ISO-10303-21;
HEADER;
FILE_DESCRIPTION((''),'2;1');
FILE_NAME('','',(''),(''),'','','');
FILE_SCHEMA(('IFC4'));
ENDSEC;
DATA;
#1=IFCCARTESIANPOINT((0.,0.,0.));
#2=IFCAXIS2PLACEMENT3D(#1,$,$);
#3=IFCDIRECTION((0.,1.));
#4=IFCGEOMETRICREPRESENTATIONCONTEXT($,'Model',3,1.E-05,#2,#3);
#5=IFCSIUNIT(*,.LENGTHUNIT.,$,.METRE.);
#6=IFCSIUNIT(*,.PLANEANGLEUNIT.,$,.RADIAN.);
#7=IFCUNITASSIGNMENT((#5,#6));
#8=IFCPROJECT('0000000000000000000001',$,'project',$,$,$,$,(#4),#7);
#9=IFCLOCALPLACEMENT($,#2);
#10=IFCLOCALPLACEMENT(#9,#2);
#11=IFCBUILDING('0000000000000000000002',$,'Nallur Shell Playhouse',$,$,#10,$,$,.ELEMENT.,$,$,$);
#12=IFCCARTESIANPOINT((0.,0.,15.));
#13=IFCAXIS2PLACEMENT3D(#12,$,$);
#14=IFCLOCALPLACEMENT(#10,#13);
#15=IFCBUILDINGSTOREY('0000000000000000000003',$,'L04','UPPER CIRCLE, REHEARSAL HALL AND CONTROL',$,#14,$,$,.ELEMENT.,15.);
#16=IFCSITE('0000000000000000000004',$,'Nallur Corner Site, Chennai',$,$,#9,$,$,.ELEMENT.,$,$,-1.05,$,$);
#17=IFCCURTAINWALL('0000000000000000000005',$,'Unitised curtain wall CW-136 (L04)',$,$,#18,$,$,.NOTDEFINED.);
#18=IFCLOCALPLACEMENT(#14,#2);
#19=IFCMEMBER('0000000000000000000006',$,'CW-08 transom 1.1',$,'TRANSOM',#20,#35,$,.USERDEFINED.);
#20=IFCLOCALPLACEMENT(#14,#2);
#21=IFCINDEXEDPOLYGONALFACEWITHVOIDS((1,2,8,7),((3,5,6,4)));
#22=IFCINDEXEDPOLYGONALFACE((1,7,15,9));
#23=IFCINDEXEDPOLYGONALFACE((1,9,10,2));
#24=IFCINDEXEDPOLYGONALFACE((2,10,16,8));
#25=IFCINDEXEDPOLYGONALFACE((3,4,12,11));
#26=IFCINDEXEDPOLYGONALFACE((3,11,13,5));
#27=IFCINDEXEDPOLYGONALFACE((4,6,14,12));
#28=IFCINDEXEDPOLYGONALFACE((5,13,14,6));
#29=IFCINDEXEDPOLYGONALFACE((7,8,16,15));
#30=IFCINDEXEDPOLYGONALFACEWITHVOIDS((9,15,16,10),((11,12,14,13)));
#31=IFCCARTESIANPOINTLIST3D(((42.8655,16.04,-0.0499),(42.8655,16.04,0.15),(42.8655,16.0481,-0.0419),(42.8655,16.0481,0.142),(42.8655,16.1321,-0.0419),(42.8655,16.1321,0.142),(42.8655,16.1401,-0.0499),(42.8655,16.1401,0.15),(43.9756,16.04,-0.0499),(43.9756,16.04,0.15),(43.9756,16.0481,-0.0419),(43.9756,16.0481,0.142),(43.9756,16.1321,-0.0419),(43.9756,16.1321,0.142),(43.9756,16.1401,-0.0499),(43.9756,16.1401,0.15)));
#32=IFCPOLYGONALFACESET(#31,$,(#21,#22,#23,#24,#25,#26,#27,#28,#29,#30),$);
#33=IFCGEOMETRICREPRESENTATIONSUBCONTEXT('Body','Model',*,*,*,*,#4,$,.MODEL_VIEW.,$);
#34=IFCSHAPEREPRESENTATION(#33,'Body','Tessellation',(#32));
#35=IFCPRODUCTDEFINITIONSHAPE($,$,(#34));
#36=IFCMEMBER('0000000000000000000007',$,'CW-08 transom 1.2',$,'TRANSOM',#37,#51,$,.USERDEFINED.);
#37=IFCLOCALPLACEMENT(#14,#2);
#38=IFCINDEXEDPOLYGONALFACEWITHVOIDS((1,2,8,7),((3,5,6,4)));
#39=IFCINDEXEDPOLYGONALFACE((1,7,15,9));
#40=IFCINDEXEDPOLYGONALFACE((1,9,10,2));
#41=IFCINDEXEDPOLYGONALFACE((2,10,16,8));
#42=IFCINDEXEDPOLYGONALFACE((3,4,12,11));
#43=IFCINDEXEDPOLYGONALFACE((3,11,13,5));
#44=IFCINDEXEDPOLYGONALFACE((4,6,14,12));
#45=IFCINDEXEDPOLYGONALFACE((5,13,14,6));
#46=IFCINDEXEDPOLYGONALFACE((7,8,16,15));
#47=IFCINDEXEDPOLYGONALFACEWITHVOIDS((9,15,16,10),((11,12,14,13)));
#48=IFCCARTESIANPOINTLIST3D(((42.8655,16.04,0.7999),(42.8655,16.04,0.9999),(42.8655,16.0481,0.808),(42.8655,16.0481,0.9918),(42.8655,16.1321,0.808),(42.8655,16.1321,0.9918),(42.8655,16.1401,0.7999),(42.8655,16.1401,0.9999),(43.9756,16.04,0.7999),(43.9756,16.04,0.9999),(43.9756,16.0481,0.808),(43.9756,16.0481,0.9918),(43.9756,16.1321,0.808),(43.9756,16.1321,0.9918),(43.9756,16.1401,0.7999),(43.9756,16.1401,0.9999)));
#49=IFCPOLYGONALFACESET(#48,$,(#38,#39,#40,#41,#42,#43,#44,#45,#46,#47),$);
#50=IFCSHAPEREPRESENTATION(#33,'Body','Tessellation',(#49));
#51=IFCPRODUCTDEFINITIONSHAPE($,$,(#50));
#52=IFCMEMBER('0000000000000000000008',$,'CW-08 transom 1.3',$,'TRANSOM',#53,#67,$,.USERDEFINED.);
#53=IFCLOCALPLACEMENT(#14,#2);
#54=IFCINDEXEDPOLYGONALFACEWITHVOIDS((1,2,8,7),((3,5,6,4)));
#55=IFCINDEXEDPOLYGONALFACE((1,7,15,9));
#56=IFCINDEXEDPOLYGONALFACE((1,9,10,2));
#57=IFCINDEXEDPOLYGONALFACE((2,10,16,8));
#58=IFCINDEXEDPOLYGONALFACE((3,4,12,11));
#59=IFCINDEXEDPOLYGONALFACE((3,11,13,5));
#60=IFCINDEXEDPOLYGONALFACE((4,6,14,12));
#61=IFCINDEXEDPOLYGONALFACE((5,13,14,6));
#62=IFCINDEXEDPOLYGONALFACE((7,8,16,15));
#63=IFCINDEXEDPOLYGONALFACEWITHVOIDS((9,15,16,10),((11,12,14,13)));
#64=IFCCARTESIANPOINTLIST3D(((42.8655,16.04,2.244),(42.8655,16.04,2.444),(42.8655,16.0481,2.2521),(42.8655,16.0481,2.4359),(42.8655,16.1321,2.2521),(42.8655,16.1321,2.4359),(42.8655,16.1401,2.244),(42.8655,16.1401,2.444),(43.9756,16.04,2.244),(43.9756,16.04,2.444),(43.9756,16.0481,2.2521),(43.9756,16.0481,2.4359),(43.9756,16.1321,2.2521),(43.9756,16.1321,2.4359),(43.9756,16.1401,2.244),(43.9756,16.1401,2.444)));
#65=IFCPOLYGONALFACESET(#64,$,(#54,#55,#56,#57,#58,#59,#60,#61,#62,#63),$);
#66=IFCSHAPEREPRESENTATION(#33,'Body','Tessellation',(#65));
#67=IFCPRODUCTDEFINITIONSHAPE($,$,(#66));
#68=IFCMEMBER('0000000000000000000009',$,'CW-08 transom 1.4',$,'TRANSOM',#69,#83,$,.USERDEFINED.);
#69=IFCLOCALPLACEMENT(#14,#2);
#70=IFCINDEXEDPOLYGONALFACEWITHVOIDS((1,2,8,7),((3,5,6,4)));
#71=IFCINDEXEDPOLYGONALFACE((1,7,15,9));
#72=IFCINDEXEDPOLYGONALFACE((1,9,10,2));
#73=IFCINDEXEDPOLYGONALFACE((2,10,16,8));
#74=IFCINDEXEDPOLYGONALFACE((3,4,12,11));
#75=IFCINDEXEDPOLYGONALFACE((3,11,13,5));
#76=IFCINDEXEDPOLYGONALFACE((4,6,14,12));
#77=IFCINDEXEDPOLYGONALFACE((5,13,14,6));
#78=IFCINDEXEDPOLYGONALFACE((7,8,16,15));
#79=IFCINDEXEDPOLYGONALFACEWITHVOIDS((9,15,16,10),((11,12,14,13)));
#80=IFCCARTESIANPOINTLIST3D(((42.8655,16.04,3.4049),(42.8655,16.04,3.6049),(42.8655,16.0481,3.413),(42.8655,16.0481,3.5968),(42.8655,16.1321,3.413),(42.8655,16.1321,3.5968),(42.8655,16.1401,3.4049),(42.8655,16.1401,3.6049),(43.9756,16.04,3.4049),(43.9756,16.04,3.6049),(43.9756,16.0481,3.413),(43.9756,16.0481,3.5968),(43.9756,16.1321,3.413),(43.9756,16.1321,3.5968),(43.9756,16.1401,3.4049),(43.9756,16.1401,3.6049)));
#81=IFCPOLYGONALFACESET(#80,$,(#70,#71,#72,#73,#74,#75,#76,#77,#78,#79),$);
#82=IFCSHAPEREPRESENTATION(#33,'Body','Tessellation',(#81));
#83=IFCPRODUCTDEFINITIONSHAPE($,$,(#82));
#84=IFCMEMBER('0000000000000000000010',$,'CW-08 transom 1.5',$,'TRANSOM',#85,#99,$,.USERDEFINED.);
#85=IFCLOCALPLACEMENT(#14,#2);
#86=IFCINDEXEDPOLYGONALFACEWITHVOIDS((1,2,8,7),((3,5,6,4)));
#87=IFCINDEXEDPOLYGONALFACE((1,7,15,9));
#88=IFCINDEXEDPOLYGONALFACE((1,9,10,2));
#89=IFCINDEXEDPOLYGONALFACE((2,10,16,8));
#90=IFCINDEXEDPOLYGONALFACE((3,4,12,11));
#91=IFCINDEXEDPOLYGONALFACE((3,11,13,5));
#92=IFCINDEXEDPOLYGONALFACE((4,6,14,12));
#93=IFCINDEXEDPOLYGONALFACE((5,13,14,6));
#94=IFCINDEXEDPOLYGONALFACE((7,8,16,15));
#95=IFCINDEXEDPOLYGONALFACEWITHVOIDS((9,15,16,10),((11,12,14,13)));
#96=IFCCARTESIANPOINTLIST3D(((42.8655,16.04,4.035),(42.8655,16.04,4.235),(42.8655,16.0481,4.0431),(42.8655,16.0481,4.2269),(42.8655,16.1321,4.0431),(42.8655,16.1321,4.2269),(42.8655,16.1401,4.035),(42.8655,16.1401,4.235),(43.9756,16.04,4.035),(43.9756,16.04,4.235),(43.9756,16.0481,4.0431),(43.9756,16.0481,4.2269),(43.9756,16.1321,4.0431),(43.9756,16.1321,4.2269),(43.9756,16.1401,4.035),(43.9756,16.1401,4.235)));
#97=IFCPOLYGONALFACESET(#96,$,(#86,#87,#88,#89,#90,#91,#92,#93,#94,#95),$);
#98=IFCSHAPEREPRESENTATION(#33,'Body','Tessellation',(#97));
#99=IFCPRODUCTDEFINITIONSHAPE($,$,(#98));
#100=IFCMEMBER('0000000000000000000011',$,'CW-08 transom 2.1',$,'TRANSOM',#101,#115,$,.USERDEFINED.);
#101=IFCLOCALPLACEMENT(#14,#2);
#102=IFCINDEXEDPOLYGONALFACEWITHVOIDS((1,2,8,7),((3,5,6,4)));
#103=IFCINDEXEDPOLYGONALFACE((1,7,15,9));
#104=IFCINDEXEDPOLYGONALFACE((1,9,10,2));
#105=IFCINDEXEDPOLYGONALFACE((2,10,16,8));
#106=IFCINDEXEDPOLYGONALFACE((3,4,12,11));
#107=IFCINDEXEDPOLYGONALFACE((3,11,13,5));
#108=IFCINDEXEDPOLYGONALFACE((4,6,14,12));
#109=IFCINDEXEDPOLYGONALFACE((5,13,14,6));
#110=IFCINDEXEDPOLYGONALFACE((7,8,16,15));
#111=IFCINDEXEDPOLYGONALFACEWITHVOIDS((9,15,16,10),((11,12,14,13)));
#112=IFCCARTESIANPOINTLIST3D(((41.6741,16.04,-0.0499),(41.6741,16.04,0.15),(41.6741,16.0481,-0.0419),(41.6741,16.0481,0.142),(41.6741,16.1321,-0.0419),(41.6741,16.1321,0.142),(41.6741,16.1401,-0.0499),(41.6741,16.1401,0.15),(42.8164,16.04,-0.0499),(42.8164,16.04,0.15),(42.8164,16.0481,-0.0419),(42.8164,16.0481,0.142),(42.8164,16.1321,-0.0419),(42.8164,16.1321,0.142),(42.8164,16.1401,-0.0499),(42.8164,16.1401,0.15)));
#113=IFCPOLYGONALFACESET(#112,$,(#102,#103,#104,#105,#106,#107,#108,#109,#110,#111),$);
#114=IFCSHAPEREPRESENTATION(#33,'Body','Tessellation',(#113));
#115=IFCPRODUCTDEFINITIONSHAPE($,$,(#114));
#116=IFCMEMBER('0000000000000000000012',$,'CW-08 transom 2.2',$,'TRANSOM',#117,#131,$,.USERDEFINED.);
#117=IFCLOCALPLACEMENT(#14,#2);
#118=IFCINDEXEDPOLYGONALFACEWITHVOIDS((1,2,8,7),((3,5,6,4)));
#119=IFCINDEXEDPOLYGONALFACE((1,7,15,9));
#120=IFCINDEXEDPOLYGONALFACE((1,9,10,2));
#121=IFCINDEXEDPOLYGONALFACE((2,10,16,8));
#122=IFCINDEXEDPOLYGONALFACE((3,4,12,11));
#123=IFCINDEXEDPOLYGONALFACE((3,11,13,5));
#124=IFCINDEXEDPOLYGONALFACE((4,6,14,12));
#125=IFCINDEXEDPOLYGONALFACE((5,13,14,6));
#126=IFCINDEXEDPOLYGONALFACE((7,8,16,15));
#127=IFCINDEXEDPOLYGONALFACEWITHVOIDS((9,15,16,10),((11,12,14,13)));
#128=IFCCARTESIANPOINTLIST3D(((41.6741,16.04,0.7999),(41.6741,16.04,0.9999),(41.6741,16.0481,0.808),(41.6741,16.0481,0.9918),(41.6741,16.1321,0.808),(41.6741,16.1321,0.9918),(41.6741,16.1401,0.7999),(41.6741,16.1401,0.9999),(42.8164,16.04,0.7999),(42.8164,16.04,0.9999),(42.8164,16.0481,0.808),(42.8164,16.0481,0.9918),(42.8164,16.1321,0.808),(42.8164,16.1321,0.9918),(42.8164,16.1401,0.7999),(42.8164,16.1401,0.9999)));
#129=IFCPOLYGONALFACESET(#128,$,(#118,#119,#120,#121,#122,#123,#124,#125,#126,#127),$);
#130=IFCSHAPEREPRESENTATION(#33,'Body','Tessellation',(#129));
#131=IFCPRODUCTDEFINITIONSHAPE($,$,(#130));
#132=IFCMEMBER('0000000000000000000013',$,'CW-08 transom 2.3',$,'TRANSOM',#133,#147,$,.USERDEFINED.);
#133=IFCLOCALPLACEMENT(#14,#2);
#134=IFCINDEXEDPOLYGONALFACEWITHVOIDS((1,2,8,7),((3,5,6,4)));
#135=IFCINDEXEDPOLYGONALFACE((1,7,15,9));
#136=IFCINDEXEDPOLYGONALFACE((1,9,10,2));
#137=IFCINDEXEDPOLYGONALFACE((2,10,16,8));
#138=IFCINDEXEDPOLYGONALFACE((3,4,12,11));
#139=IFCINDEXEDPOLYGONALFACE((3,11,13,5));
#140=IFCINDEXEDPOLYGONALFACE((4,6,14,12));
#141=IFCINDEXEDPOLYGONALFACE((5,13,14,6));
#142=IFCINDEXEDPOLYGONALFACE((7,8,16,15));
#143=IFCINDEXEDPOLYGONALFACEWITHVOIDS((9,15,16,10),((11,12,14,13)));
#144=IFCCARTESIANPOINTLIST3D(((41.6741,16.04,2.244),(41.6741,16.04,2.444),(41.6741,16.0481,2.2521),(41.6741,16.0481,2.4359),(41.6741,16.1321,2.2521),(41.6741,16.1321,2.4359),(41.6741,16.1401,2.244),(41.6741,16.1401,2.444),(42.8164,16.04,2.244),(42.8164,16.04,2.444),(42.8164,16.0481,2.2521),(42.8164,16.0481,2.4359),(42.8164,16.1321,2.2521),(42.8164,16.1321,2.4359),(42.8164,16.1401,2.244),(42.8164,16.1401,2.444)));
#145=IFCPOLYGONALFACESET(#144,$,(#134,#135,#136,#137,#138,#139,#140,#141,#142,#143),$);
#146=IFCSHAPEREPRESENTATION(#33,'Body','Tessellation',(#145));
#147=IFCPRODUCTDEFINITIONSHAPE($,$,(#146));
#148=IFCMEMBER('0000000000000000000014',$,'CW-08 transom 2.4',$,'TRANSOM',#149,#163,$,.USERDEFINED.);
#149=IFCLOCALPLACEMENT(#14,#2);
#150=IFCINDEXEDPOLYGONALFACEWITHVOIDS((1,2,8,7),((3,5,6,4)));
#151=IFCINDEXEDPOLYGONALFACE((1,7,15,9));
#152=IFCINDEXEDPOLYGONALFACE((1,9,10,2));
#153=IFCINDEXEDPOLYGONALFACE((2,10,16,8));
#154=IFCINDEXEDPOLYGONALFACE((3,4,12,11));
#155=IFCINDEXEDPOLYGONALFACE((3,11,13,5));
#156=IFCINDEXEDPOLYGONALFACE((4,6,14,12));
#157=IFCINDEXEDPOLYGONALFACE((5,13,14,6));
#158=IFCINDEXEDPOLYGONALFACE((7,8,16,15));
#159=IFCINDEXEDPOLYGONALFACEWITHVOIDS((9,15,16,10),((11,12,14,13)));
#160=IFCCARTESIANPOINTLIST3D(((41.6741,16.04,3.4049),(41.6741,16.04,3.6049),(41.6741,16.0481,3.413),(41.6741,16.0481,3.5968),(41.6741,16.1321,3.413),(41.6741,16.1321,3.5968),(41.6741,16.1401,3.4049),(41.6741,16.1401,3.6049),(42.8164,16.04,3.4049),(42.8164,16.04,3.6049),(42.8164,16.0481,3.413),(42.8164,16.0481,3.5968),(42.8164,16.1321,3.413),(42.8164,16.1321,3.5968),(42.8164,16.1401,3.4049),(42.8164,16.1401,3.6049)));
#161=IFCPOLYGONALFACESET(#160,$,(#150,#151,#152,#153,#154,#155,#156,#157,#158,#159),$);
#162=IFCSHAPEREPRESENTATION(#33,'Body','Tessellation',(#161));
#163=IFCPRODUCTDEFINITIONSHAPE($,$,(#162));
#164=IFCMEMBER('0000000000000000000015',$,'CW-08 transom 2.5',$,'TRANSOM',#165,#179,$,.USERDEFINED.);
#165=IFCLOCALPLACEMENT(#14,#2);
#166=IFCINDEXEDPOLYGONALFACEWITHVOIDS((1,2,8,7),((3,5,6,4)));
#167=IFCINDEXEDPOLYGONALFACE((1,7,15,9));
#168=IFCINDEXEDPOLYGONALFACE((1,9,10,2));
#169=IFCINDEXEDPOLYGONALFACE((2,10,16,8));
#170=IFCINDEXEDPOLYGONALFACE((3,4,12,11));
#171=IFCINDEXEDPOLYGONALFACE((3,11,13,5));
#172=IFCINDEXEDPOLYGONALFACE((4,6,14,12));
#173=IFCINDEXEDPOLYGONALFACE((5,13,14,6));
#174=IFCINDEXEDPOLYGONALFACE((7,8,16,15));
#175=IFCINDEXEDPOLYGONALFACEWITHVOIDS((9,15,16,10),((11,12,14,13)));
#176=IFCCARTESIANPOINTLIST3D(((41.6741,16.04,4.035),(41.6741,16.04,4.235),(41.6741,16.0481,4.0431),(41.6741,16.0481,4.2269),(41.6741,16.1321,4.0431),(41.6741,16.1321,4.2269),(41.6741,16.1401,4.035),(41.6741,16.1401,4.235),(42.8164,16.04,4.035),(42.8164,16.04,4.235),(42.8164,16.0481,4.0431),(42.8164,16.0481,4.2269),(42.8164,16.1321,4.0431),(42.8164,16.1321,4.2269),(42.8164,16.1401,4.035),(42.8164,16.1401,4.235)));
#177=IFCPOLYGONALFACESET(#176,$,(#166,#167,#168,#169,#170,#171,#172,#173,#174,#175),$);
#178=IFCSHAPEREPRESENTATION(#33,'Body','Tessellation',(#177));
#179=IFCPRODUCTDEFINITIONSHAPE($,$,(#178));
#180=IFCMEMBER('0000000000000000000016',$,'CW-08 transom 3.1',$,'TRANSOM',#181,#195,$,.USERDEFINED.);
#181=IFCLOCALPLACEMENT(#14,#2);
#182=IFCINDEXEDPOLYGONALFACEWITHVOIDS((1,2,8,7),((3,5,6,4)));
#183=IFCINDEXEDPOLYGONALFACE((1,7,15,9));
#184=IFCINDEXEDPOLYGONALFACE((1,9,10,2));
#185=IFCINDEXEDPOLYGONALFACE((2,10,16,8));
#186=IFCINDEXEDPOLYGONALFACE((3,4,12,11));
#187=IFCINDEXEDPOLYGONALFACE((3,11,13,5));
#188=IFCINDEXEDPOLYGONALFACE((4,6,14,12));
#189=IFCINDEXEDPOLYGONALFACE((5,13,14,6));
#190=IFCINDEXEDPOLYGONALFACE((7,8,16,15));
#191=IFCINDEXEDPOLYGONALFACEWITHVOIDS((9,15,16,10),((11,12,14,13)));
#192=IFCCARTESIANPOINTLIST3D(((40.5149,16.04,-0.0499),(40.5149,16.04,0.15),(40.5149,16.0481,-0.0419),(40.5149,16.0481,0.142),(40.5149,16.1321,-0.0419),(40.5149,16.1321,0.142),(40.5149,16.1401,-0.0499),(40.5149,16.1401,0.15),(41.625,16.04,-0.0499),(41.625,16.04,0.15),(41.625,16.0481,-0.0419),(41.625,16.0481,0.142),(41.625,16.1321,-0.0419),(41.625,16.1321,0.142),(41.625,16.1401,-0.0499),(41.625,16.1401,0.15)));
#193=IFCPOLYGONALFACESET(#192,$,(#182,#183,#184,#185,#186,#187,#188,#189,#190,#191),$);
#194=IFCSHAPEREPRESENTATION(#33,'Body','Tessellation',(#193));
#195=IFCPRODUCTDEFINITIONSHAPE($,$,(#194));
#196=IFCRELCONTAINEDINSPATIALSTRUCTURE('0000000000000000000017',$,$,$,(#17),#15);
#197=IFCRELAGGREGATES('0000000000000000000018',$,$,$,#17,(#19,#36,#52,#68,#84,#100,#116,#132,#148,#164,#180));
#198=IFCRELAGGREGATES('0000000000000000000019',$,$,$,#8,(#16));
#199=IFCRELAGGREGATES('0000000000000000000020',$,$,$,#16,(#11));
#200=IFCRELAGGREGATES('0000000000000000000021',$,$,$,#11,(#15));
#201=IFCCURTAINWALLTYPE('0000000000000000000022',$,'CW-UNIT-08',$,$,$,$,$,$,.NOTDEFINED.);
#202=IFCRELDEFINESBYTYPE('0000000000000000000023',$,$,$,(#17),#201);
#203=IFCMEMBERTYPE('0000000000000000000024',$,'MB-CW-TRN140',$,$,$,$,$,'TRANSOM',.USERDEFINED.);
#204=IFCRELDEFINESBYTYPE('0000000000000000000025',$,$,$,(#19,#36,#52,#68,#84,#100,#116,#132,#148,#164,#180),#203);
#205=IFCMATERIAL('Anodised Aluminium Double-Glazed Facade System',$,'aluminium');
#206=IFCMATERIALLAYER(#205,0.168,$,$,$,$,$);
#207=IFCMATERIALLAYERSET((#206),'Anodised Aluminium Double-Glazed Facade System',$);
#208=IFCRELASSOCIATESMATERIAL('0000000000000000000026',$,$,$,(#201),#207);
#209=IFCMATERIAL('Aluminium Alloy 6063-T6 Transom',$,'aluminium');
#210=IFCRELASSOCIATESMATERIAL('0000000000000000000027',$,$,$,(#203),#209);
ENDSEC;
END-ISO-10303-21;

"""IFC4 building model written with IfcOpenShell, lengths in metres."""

from ifc_helpers import new_model, si_unit, direction, frame, origin, origin_2d, place, context, subcontext, project, spatial, hollow_rectangle, extrude, material, layer, layer_set, material_profile, profile_set, type_object, element, aggregate, save


model = new_model("IFC4")

# Units and contexts
model_context = context("Model", 3, precision=1e-05, world=origin(), true_north=direction((0.0, 1.0)))
body_context = subcontext(model_context, "Body", "Model", "MODEL_VIEW")
ifc_project = project(units=[si_unit("LENGTHUNIT", "METRE"), si_unit("PLANEANGLEUNIT", "RADIAN")], contexts=[model_context])

# Site, building, storey
site_placement = place(None, origin())
site = spatial("IfcSite", under=ifc_project, at=site_placement, Name="Nallur Corner Site, Chennai", CompositionType="ELEMENT", RefElevation=-1.05)
building_placement = place(site_placement, origin())
building = spatial("IfcBuilding", under=site, at=building_placement, Name="Nallur Shell Playhouse", CompositionType="ELEMENT")
storey_placement = place(building_placement, frame((0.0, 0.0, 15.0)))
storey = spatial("IfcBuildingStorey", under=building, at=storey_placement, Name="L04", Description="UPPER CIRCLE, REHEARSAL HALL AND CONTROL", CompositionType="ELEMENT", Elevation=15.0)

# Curtain wall
ifc_material_1 = material(Name="Anodised Aluminium Double-Glazed Facade System", Category="aluminium")
ifc_layer_1 = layer(ifc_material_1, 0.168)
ifc_layer_set_1 = layer_set([ifc_layer_1], Name="Anodised Aluminium Double-Glazed Facade System")
curtain_wall_type_1 = type_object("IfcCurtainWallType", Name="CW-UNIT-08", PredefinedType="NOTDEFINED", material=ifc_layer_set_1)
curtain_wall_1_placement = place(storey_placement, origin())
curtain_wall_1 = element("IfcCurtainWall", 1, at=curtain_wall_1_placement, inside=storey, type_object=curtain_wall_type_1, Name="Unitised curtain wall CW-136 (L04)", PredefinedType="NOTDEFINED")
ifc_material_2 = material(Name="Aluminium Alloy 6063-T6 Transom", Category="aluminium")

# Members
ifc_material_profile_1 = material_profile(ifc_material_2, hollow_rectangle(XDim=0.1001, YDim=0.2, WallThickness=0.0081, at=origin_2d()), Name="RHS 200x100x8")
ifc_profile_set_1 = profile_set([ifc_material_profile_1], Name="Aluminium Alloy 6063-T6 Transom")
member_type_1 = type_object("IfcMemberType", Name="MB-CW-TRN140", ElementType="TRANSOM", PredefinedType="USERDEFINED", material=ifc_profile_set_1)
member_1_placement = place(storey_placement, frame((43.9756, 16.0901, 0.05), z_axis=(-1.0, 0.0, 0.0), x_axis=(0.0, -1.0, 0.0)))
member_1 = element("IfcMember", 2, at=member_1_placement, type_object=member_type_1, Name="CW-08 transom 1.1", ObjectType="TRANSOM", PredefinedType="USERDEFINED", context=body_context, shape_type="SweptSolid", body=[
    extrude(hollow_rectangle(XDim=0.1001, YDim=0.2, WallThickness=0.0081, at=origin_2d()), origin(), (0.0, 0.0, 1.0), 1.1101),
])
member_2_placement = place(storey_placement, frame((43.9756, 16.0901, 0.8999), z_axis=(-1.0, 0.0, 0.0), x_axis=(0.0, -1.0, 0.0)))
member_2 = element("IfcMember", 3, at=member_2_placement, type_object=member_type_1, Name="CW-08 transom 1.2", ObjectType="TRANSOM", PredefinedType="USERDEFINED", context=body_context, shape_type="SweptSolid", body=[
    extrude(hollow_rectangle(XDim=0.1001, YDim=0.2, WallThickness=0.0081, at=origin_2d()), origin(), (0.0, 0.0, 1.0), 1.1101),
])
member_3_placement = place(storey_placement, frame((43.9756, 16.0901, 2.344), z_axis=(-1.0, 0.0, 0.0), x_axis=(0.0, -1.0, 0.0)))
member_3 = element("IfcMember", 4, at=member_3_placement, type_object=member_type_1, Name="CW-08 transom 1.3", ObjectType="TRANSOM", PredefinedType="USERDEFINED", context=body_context, shape_type="SweptSolid", body=[
    extrude(hollow_rectangle(XDim=0.1001, YDim=0.2, WallThickness=0.0081, at=origin_2d()), origin(), (0.0, 0.0, 1.0), 1.1101),
])
member_4_placement = place(storey_placement, frame((43.9756, 16.0901, 3.5049), z_axis=(-1.0, 0.0, 0.0), x_axis=(0.0, -1.0, 0.0)))
member_4 = element("IfcMember", 5, at=member_4_placement, type_object=member_type_1, Name="CW-08 transom 1.4", ObjectType="TRANSOM", PredefinedType="USERDEFINED", context=body_context, shape_type="SweptSolid", body=[
    extrude(hollow_rectangle(XDim=0.1001, YDim=0.2, WallThickness=0.0081, at=origin_2d()), origin(), (0.0, 0.0, 1.0), 1.1101),
])
member_5_placement = place(storey_placement, frame((43.9756, 16.0901, 4.135), z_axis=(-1.0, 0.0, 0.0), x_axis=(0.0, -1.0, 0.0)))
member_5 = element("IfcMember", 6, at=member_5_placement, type_object=member_type_1, Name="CW-08 transom 1.5", ObjectType="TRANSOM", PredefinedType="USERDEFINED", context=body_context, shape_type="SweptSolid", body=[
    extrude(hollow_rectangle(XDim=0.1001, YDim=0.2, WallThickness=0.0081, at=origin_2d()), origin(), (0.0, 0.0, 1.0), 1.1101),
])
member_6_placement = place(storey_placement, frame((42.8164, 16.0901, 0.05), z_axis=(-1.0, 0.0, 0.0), x_axis=(0.0, -1.0, 0.0)))
member_6 = element("IfcMember", 7, at=member_6_placement, type_object=member_type_1, Name="CW-08 transom 2.1", ObjectType="TRANSOM", PredefinedType="USERDEFINED", context=body_context, shape_type="SweptSolid", body=[
    extrude(hollow_rectangle(XDim=0.1001, YDim=0.2, WallThickness=0.0081, at=origin_2d()), origin(), (0.0, 0.0, 1.0), 1.1423),
])
member_7_placement = place(storey_placement, frame((42.8164, 16.0901, 0.8999), z_axis=(-1.0, 0.0, 0.0), x_axis=(0.0, -1.0, 0.0)))
member_7 = element("IfcMember", 8, at=member_7_placement, type_object=member_type_1, Name="CW-08 transom 2.2", ObjectType="TRANSOM", PredefinedType="USERDEFINED", context=body_context, shape_type="SweptSolid", body=[
    extrude(hollow_rectangle(XDim=0.1001, YDim=0.2, WallThickness=0.0081, at=origin_2d()), origin(), (0.0, 0.0, 1.0), 1.1423),
])
member_8_placement = place(storey_placement, frame((42.8164, 16.0901, 2.344), z_axis=(-1.0, 0.0, 0.0), x_axis=(0.0, -1.0, 0.0)))
member_8 = element("IfcMember", 9, at=member_8_placement, type_object=member_type_1, Name="CW-08 transom 2.3", ObjectType="TRANSOM", PredefinedType="USERDEFINED", context=body_context, shape_type="SweptSolid", body=[
    extrude(hollow_rectangle(XDim=0.1001, YDim=0.2, WallThickness=0.0081, at=origin_2d()), origin(), (0.0, 0.0, 1.0), 1.1423),
])
member_9_placement = place(storey_placement, frame((42.8164, 16.0901, 3.5049), z_axis=(-1.0, 0.0, 0.0), x_axis=(0.0, -1.0, 0.0)))
member_9 = element("IfcMember", 10, at=member_9_placement, type_object=member_type_1, Name="CW-08 transom 2.4", ObjectType="TRANSOM", PredefinedType="USERDEFINED", context=body_context, shape_type="SweptSolid", body=[
    extrude(hollow_rectangle(XDim=0.1001, YDim=0.2, WallThickness=0.0081, at=origin_2d()), origin(), (0.0, 0.0, 1.0), 1.1423),
])
member_10_placement = place(storey_placement, frame((42.8164, 16.0901, 4.135), z_axis=(-1.0, 0.0, 0.0), x_axis=(0.0, -1.0, 0.0)))
member_10 = element("IfcMember", 11, at=member_10_placement, type_object=member_type_1, Name="CW-08 transom 2.5", ObjectType="TRANSOM", PredefinedType="USERDEFINED", context=body_context, shape_type="SweptSolid", body=[
    extrude(hollow_rectangle(XDim=0.1001, YDim=0.2, WallThickness=0.0081, at=origin_2d()), origin(), (0.0, 0.0, 1.0), 1.1423),
])
member_11_placement = place(storey_placement, frame((41.625, 16.0901, 0.05), z_axis=(-1.0, 0.0, 0.0), x_axis=(0.0, -1.0, 0.0)))
member_11 = element("IfcMember", 12, at=member_11_placement, type_object=member_type_1, Name="CW-08 transom 3.1", ObjectType="TRANSOM", PredefinedType="USERDEFINED", context=body_context, shape_type="SweptSolid", body=[
    extrude(hollow_rectangle(XDim=0.1001, YDim=0.2, WallThickness=0.0081, at=origin_2d()), origin(), (0.0, 0.0, 1.0), 1.1101),
])

aggregate(curtain_wall_1, [member_1, member_2, member_3, member_4, member_5, member_6, member_7, member_8, member_9, member_10, member_11])

save(model, "model.ifc")
